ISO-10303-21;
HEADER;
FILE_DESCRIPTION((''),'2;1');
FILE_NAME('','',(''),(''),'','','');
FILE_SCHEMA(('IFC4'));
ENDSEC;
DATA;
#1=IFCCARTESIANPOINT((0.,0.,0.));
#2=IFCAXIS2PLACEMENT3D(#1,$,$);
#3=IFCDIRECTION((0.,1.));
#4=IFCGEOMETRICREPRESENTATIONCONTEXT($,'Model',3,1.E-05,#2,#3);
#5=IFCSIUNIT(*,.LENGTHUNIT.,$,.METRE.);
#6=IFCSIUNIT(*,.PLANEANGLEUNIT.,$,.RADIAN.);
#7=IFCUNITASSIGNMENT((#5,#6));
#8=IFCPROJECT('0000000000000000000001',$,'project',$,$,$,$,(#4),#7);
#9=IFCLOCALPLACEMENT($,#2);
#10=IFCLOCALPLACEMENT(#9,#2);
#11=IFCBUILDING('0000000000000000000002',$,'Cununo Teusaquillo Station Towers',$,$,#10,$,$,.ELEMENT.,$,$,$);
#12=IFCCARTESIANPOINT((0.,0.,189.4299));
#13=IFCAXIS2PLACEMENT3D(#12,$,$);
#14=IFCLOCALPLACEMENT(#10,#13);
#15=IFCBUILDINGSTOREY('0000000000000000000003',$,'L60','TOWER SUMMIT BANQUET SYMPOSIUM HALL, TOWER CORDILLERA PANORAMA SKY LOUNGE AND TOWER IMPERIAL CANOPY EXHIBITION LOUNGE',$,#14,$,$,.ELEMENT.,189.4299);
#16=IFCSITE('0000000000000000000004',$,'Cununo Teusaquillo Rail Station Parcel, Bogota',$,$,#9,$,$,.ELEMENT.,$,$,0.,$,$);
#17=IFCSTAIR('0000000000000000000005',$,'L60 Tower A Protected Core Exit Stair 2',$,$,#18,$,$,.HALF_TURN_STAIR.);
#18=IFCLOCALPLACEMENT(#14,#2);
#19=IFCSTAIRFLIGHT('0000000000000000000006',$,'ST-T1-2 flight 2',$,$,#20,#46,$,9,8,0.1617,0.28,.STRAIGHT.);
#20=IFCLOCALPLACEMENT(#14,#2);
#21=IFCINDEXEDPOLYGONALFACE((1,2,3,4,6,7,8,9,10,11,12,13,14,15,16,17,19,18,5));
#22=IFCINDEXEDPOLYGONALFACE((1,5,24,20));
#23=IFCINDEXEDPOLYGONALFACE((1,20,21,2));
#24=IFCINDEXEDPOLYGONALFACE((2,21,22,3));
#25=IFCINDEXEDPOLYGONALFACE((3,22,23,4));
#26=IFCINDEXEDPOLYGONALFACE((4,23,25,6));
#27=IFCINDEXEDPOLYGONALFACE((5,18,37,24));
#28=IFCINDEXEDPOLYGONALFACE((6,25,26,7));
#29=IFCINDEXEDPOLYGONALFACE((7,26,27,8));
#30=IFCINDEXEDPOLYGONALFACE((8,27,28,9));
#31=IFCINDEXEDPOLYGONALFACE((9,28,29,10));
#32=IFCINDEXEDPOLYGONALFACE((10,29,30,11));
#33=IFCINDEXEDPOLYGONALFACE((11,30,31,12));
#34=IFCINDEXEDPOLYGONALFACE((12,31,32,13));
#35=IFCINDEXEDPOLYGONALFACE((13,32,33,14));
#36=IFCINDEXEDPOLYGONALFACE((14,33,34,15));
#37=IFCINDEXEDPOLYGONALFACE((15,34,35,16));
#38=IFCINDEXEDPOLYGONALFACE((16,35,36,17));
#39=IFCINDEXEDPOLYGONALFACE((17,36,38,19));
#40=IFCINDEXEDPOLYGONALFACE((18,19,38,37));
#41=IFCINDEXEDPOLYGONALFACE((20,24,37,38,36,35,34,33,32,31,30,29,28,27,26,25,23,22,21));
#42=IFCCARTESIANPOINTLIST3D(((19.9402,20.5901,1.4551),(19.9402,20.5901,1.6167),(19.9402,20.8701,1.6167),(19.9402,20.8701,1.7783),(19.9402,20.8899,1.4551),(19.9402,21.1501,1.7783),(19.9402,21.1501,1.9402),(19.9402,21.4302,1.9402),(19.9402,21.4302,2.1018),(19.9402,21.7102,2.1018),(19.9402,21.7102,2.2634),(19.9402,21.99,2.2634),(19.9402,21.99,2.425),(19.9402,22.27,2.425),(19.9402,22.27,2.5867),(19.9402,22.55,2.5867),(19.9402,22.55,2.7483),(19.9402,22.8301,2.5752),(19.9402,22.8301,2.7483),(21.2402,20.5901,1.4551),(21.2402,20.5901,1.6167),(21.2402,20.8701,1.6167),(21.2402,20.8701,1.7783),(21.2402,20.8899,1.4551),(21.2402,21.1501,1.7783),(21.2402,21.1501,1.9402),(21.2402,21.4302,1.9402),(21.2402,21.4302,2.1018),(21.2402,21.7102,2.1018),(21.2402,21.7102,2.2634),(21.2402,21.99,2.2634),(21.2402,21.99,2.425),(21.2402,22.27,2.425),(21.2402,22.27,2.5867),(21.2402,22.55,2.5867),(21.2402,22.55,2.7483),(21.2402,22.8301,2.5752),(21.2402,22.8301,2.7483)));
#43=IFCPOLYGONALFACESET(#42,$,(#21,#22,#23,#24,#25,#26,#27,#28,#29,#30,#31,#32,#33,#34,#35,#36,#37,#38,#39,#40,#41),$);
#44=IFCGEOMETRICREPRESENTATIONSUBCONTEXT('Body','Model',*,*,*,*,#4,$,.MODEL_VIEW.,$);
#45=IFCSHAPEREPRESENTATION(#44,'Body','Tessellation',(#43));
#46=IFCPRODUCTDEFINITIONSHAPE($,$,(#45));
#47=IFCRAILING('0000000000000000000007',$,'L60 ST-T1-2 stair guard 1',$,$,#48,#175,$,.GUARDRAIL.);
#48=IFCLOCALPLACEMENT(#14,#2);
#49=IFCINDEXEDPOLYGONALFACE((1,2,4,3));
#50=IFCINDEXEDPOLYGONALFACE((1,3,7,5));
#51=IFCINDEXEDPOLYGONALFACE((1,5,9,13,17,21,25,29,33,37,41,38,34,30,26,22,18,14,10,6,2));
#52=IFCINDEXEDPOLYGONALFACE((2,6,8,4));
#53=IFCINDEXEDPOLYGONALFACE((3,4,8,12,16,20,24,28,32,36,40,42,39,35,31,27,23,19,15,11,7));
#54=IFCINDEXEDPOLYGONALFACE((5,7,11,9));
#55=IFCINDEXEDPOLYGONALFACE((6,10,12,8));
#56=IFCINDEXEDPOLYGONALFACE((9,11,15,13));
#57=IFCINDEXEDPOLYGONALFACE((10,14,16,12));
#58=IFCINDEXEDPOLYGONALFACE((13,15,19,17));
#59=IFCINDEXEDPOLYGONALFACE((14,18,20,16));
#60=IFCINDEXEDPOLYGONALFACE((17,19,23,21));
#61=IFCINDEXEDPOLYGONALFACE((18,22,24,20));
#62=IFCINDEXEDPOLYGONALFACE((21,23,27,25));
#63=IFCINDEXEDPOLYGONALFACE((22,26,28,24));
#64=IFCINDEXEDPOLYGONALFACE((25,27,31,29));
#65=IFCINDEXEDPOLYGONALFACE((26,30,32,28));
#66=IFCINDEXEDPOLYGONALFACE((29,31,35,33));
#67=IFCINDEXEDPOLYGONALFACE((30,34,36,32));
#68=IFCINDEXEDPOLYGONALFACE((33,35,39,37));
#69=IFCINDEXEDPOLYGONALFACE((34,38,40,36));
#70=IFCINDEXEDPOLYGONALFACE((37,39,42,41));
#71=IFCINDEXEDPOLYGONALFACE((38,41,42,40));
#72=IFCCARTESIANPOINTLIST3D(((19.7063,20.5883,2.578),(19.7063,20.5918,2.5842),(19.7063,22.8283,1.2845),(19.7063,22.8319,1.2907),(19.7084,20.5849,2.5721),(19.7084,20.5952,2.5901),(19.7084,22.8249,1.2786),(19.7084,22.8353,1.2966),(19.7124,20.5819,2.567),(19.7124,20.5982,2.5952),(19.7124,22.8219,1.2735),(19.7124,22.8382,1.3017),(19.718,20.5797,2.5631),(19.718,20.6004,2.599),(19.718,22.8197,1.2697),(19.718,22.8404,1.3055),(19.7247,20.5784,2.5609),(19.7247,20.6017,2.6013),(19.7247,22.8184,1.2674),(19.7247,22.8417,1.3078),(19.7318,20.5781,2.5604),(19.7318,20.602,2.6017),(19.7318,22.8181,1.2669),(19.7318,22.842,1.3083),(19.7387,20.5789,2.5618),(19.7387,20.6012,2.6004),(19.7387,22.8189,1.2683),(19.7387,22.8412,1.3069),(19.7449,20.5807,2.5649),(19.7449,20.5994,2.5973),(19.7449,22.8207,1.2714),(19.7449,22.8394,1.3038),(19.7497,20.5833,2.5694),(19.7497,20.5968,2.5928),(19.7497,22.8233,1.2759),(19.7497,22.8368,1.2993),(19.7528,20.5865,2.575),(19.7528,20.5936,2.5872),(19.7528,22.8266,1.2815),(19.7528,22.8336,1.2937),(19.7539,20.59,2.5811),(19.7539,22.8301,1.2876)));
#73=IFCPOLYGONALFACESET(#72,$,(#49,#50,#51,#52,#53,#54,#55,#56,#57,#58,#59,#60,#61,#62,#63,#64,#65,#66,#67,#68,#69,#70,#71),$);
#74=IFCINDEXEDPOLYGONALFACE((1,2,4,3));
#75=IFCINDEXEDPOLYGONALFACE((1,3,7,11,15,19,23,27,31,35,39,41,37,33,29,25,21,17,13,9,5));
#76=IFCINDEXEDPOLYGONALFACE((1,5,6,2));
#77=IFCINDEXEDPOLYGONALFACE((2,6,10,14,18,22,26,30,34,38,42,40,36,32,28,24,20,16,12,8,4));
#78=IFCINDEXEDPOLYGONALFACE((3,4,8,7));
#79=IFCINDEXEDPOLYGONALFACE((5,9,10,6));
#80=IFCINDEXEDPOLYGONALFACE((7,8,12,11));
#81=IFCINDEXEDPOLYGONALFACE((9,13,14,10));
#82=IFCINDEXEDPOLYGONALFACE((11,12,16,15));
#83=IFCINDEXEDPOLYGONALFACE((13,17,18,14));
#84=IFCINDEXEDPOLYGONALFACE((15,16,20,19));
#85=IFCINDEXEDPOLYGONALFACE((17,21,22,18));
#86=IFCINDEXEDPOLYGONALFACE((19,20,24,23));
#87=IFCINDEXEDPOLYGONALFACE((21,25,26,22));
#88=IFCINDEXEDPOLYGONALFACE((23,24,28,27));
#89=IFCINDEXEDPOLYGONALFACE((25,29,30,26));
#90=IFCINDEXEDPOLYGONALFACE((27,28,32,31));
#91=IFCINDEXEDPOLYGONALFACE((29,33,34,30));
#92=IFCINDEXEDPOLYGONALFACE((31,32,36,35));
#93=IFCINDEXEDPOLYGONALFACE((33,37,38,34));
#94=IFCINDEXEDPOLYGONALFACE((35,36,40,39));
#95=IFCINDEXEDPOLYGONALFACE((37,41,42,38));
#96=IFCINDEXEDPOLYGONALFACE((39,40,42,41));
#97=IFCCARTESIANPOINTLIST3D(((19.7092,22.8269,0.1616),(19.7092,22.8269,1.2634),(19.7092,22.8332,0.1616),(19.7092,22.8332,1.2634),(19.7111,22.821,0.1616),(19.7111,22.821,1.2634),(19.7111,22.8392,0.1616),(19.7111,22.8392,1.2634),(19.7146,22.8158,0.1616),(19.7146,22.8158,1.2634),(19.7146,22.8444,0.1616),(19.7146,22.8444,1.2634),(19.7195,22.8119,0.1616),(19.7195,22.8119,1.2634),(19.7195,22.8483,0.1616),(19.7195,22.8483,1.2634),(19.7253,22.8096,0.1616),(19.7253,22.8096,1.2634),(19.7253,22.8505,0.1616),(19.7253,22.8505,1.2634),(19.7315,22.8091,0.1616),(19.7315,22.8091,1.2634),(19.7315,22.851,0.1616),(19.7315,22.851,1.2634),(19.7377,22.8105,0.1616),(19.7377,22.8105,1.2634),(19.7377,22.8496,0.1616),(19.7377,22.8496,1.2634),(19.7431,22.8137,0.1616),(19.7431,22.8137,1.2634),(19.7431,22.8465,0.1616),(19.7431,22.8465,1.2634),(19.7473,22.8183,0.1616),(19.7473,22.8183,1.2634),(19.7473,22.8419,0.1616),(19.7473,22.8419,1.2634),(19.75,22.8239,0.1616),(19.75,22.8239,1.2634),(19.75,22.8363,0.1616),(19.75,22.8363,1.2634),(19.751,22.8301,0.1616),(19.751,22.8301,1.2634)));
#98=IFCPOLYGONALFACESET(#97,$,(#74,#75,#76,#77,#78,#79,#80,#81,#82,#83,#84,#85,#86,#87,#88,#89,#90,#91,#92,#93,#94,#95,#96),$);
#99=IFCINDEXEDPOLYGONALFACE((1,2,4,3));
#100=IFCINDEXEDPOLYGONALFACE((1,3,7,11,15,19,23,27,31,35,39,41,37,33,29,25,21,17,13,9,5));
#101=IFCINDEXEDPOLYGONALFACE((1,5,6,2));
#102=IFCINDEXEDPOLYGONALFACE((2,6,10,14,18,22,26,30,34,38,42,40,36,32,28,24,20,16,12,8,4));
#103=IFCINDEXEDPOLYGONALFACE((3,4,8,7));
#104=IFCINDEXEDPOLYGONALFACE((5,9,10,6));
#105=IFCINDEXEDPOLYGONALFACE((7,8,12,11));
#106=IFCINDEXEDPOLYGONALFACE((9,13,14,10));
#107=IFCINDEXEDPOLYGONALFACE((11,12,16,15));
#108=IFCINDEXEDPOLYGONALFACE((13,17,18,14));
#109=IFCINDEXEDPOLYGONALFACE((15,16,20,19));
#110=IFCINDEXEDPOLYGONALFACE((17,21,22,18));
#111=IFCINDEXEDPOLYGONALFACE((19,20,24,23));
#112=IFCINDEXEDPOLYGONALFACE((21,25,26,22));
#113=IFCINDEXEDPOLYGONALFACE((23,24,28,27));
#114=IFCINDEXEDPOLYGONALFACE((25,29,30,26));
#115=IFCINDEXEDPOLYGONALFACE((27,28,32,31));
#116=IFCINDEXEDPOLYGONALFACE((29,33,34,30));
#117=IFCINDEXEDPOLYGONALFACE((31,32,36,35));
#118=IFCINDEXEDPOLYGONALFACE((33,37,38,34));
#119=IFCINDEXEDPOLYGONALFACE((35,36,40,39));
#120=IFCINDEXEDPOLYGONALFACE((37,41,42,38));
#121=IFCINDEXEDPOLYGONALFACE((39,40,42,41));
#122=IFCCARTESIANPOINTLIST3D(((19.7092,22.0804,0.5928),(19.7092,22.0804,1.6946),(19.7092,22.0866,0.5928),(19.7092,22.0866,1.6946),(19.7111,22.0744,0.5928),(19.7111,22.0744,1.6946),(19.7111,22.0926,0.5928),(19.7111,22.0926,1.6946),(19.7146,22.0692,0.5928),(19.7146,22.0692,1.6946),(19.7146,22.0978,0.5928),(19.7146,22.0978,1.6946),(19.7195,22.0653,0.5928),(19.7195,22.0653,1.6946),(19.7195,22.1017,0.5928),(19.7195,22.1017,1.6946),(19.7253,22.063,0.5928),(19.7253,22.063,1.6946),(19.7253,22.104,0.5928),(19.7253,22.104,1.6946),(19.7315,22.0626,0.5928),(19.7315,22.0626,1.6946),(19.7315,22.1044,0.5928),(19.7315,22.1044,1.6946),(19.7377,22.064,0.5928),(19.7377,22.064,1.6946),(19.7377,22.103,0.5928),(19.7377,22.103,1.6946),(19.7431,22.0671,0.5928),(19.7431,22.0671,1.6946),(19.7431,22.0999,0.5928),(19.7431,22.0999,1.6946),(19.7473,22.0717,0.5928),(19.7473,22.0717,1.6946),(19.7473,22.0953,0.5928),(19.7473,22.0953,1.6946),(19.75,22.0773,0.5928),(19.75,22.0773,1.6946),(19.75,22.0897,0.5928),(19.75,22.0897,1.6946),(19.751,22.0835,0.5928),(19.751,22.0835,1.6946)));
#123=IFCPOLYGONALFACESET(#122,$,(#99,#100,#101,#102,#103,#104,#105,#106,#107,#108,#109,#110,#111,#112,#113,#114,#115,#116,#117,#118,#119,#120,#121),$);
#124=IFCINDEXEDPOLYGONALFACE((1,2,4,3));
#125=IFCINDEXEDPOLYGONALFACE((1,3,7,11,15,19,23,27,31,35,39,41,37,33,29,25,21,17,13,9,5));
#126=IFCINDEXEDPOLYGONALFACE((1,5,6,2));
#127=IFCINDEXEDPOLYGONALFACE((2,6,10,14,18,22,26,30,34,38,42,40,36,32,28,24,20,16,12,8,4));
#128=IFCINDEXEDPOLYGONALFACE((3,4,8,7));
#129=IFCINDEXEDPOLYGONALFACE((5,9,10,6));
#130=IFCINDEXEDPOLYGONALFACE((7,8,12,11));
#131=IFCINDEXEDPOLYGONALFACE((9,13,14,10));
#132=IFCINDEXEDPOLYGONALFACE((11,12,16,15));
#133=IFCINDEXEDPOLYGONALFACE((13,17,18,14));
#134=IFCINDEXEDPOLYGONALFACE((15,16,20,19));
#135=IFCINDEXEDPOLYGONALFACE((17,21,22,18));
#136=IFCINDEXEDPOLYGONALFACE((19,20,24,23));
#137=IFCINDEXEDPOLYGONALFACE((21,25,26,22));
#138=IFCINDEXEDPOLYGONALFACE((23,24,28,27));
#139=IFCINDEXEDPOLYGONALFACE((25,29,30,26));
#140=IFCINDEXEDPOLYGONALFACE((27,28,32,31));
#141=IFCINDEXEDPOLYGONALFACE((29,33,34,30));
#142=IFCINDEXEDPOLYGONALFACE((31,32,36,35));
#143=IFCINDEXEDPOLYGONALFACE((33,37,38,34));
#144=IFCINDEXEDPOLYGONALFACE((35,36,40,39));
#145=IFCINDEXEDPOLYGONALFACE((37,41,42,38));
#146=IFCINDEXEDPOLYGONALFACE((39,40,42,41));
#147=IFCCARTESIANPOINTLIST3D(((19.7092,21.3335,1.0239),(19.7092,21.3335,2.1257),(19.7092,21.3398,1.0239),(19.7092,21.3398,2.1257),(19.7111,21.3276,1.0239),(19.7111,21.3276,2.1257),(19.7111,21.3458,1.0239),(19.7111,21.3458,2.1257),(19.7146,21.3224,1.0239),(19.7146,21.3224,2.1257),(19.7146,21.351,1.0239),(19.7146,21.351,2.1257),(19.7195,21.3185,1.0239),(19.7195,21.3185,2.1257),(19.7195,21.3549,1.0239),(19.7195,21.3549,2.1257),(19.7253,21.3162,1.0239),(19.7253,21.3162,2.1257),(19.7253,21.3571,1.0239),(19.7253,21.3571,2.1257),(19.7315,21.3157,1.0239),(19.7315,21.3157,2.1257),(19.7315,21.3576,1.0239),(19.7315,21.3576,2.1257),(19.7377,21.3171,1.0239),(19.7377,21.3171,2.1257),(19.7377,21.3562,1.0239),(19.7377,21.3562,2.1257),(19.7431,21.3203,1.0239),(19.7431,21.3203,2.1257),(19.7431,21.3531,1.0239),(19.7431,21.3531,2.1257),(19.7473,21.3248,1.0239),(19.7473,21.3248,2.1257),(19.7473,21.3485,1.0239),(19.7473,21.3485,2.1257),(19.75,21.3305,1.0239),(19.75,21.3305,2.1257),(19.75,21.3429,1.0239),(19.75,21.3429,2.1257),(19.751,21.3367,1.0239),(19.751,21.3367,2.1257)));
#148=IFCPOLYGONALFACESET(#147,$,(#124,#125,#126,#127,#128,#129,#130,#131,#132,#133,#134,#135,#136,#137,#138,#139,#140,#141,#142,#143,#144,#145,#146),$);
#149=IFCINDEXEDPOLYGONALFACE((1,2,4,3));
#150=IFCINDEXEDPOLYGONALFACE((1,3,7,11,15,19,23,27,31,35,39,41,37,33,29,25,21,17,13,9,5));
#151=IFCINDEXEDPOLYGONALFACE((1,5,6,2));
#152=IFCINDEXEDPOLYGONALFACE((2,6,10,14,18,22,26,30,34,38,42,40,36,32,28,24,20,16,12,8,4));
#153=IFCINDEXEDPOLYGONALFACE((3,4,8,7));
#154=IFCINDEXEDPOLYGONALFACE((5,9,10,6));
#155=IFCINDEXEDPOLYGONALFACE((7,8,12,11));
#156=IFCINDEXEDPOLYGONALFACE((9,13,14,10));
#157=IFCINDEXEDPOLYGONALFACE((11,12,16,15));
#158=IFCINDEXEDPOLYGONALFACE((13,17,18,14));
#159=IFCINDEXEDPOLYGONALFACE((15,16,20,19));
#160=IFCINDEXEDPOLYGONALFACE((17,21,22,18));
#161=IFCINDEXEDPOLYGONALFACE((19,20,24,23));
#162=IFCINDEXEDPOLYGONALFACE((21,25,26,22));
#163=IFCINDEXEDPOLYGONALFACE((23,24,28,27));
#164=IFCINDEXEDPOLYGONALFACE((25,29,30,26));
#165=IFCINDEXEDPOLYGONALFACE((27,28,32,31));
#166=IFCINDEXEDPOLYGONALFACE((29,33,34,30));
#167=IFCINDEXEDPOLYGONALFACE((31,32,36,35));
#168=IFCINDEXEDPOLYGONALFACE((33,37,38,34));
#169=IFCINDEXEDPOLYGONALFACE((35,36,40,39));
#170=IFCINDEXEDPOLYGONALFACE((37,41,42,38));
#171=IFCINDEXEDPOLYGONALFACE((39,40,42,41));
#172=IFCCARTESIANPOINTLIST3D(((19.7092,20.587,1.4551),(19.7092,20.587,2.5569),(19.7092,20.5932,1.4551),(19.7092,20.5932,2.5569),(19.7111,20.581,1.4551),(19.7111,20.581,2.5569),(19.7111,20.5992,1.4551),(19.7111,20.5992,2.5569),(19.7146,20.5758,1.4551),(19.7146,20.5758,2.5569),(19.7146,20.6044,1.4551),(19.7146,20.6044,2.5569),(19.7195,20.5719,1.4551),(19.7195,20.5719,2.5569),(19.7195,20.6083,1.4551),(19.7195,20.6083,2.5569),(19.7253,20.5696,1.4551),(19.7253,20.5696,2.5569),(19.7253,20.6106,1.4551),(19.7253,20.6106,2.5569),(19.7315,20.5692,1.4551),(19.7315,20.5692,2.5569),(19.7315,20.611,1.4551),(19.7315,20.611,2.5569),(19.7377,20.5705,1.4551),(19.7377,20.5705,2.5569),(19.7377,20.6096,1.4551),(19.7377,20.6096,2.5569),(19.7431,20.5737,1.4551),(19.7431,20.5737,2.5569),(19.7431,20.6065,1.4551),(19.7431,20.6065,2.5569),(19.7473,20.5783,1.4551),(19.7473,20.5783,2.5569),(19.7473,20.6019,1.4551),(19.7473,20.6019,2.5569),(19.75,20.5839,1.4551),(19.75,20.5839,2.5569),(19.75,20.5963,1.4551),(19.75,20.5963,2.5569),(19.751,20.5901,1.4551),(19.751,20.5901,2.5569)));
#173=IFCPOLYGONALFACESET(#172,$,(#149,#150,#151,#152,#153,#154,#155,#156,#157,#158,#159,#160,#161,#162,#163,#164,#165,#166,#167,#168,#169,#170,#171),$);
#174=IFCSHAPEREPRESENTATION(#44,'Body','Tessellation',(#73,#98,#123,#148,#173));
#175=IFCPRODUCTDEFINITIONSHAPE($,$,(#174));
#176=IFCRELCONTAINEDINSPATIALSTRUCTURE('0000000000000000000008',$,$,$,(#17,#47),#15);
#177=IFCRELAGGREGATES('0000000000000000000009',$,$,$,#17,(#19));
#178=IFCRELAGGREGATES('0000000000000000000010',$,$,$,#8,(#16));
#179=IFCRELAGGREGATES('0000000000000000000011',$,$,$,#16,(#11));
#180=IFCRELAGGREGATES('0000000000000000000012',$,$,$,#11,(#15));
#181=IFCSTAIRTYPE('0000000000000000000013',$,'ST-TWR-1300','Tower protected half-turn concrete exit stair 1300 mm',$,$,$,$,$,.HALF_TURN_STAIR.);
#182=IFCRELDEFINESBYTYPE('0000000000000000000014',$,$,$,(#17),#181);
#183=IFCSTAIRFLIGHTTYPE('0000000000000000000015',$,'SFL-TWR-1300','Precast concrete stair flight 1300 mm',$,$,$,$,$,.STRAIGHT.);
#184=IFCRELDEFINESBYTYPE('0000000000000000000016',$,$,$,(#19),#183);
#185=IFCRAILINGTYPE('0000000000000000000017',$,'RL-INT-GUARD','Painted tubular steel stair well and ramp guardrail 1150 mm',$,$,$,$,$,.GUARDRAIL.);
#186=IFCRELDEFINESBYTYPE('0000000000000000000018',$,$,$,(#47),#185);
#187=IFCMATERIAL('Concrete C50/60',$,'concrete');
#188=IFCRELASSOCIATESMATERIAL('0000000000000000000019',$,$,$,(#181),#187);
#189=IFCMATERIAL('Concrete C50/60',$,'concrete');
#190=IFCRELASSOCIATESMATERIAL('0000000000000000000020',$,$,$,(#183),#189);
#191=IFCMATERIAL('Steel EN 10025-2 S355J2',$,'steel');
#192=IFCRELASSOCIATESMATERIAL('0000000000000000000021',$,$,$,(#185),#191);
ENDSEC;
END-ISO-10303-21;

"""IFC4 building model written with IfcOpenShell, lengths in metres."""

from ifc_helpers import new_model, si_unit, direction, frame, origin, origin_2d, place, context, subcontext, project, spatial, polyline, circle, outline, extrude, material, type_object, element, aggregate, save


model = new_model("IFC4")

# Units and contexts
model_context = context("Model", 3, precision=1e-05, world=origin(), true_north=direction((0.0, 1.0)))
body_context = subcontext(model_context, "Body", "Model", "MODEL_VIEW")
ifc_project = project(units=[si_unit("LENGTHUNIT", "METRE"), si_unit("PLANEANGLEUNIT", "RADIAN")], contexts=[model_context])

# Site, building, storey
site_placement = place(None, origin())
site = spatial("IfcSite", under=ifc_project, at=site_placement, Name="Cununo Teusaquillo Rail Station Parcel, Bogota", CompositionType="ELEMENT", RefElevation=0.0)
building_placement = place(site_placement, origin())
building = spatial("IfcBuilding", under=site, at=building_placement, Name="Cununo Teusaquillo Station Towers", CompositionType="ELEMENT")
storey_placement = place(building_placement, frame((0.0, 0.0, 189.4299)))
storey = spatial("IfcBuildingStorey", under=building, at=storey_placement, Name="L60", Description="TOWER SUMMIT BANQUET SYMPOSIUM HALL, TOWER CORDILLERA PANORAMA SKY LOUNGE AND TOWER IMPERIAL CANOPY EXHIBITION LOUNGE", CompositionType="ELEMENT", Elevation=189.4299)

# Stair, stair flight
ifc_material_1 = material(Name="Concrete C50/60", Category="concrete")
stair_type = type_object("IfcStairType", Name="ST-TWR-1300", Description="Tower protected half-turn concrete exit stair 1300 mm", PredefinedType="HALF_TURN_STAIR", material=ifc_material_1)
stair_placement = place(storey_placement, origin())
stair = element("IfcStair", 1, at=stair_placement, inside=storey, type_object=stair_type, Name="L60 Tower A Protected Core Exit Stair 2", PredefinedType="HALF_TURN_STAIR")
ifc_material_2 = material(Name="Concrete C50/60", Category="concrete")
stair_flight_type = type_object("IfcStairFlightType", Name="SFL-TWR-1300", Description="Precast concrete stair flight 1300 mm", PredefinedType="STRAIGHT", material=ifc_material_2)
stair_flight_1_placement = place(storey_placement, frame((20.5901, 20.5901, 1.4551), z_axis=(0.0, 0.0, 1.0), x_axis=(0.0, 1.0, 0.0)))
stair_flight_1 = element("IfcStairFlight", 2, at=stair_flight_1_placement, type_object=stair_flight_type, Name="ST-T1-2 flight 2", NumberOfRisers=9, NumberOfTreads=8, PredefinedType="STRAIGHT", RiserHeight=0.1617, TreadLength=0.28, context=body_context, shape_type="SweptSolid", body=[
    extrude(outline(polyline([(0.0, 0.0), (0.0, 0.1616), (0.28, 0.1616), (0.28, 0.3232), (0.5601, 0.3232), (0.5601, 0.4851), (0.8401, 0.4851), (0.8401, 0.6467), (1.1201, 0.6467), (1.1201, 0.8083), (1.3999, 0.8083), (1.3999, 0.97), (1.6799, 0.97), (1.6799, 1.1316), (1.96, 1.1316), (1.96, 1.2932), (2.24, 1.2932), (2.24, 1.4551), (2.24, 1.1201), (0.2998, 0.0), (0.0, 0.0)])), frame((0.0, 0.6499, 0.0), z_axis=(0.0, -1.0, 0.0), x_axis=(1.0, 0.0, 0.0)), (0.0, 0.0, 1.0), 1.3),
])
aggregate(stair, [stair_flight_1])

# Railing
ifc_material_3 = material(Name="Steel EN 10025-2 S355J2", Category="steel")
railing_type_1 = type_object("IfcRailingType", Name="RL-INT-GUARD", Description="Painted tubular steel stair well and ramp guardrail 1150 mm", PredefinedType="GUARDRAIL", material=ifc_material_3)
railing_1_placement = place(storey_placement, frame((19.73, 22.8301, 0.1616)))
element("IfcRailing", 3, at=railing_1_placement, inside=storey, type_object=railing_type_1, Name="L60 ST-T1-2 stair guard 1", PredefinedType="GUARDRAIL", context=body_context, shape_type="SweptSolid", body=[
    extrude(circle(Radius=0.0239, at=origin_2d()), frame((0.0, 0.0, 1.126), z_axis=(0.0, -0.865992, 0.500057), x_axis=(1.0, 0.0, 0.0)), (0.0, 0.0, 1.0), 2.5867),
    extrude(circle(Radius=0.021, at=origin_2d()), origin(), (0.0, 0.0, 1.0), 1.1018),
    extrude(circle(Radius=0.021, at=origin_2d()), frame((0.0, -0.7466, 0.4312)), (0.0, 0.0, 1.0), 1.1018),
    extrude(circle(Radius=0.021, at=origin_2d()), frame((0.0, -1.4934, 0.8623)), (0.0, 0.0, 1.0), 1.1018),
    extrude(circle(Radius=0.021, at=origin_2d()), frame((0.0, -2.24, 1.2935)), (0.0, 0.0, 1.0), 1.1018),
])

save(model, "model.ifc")
